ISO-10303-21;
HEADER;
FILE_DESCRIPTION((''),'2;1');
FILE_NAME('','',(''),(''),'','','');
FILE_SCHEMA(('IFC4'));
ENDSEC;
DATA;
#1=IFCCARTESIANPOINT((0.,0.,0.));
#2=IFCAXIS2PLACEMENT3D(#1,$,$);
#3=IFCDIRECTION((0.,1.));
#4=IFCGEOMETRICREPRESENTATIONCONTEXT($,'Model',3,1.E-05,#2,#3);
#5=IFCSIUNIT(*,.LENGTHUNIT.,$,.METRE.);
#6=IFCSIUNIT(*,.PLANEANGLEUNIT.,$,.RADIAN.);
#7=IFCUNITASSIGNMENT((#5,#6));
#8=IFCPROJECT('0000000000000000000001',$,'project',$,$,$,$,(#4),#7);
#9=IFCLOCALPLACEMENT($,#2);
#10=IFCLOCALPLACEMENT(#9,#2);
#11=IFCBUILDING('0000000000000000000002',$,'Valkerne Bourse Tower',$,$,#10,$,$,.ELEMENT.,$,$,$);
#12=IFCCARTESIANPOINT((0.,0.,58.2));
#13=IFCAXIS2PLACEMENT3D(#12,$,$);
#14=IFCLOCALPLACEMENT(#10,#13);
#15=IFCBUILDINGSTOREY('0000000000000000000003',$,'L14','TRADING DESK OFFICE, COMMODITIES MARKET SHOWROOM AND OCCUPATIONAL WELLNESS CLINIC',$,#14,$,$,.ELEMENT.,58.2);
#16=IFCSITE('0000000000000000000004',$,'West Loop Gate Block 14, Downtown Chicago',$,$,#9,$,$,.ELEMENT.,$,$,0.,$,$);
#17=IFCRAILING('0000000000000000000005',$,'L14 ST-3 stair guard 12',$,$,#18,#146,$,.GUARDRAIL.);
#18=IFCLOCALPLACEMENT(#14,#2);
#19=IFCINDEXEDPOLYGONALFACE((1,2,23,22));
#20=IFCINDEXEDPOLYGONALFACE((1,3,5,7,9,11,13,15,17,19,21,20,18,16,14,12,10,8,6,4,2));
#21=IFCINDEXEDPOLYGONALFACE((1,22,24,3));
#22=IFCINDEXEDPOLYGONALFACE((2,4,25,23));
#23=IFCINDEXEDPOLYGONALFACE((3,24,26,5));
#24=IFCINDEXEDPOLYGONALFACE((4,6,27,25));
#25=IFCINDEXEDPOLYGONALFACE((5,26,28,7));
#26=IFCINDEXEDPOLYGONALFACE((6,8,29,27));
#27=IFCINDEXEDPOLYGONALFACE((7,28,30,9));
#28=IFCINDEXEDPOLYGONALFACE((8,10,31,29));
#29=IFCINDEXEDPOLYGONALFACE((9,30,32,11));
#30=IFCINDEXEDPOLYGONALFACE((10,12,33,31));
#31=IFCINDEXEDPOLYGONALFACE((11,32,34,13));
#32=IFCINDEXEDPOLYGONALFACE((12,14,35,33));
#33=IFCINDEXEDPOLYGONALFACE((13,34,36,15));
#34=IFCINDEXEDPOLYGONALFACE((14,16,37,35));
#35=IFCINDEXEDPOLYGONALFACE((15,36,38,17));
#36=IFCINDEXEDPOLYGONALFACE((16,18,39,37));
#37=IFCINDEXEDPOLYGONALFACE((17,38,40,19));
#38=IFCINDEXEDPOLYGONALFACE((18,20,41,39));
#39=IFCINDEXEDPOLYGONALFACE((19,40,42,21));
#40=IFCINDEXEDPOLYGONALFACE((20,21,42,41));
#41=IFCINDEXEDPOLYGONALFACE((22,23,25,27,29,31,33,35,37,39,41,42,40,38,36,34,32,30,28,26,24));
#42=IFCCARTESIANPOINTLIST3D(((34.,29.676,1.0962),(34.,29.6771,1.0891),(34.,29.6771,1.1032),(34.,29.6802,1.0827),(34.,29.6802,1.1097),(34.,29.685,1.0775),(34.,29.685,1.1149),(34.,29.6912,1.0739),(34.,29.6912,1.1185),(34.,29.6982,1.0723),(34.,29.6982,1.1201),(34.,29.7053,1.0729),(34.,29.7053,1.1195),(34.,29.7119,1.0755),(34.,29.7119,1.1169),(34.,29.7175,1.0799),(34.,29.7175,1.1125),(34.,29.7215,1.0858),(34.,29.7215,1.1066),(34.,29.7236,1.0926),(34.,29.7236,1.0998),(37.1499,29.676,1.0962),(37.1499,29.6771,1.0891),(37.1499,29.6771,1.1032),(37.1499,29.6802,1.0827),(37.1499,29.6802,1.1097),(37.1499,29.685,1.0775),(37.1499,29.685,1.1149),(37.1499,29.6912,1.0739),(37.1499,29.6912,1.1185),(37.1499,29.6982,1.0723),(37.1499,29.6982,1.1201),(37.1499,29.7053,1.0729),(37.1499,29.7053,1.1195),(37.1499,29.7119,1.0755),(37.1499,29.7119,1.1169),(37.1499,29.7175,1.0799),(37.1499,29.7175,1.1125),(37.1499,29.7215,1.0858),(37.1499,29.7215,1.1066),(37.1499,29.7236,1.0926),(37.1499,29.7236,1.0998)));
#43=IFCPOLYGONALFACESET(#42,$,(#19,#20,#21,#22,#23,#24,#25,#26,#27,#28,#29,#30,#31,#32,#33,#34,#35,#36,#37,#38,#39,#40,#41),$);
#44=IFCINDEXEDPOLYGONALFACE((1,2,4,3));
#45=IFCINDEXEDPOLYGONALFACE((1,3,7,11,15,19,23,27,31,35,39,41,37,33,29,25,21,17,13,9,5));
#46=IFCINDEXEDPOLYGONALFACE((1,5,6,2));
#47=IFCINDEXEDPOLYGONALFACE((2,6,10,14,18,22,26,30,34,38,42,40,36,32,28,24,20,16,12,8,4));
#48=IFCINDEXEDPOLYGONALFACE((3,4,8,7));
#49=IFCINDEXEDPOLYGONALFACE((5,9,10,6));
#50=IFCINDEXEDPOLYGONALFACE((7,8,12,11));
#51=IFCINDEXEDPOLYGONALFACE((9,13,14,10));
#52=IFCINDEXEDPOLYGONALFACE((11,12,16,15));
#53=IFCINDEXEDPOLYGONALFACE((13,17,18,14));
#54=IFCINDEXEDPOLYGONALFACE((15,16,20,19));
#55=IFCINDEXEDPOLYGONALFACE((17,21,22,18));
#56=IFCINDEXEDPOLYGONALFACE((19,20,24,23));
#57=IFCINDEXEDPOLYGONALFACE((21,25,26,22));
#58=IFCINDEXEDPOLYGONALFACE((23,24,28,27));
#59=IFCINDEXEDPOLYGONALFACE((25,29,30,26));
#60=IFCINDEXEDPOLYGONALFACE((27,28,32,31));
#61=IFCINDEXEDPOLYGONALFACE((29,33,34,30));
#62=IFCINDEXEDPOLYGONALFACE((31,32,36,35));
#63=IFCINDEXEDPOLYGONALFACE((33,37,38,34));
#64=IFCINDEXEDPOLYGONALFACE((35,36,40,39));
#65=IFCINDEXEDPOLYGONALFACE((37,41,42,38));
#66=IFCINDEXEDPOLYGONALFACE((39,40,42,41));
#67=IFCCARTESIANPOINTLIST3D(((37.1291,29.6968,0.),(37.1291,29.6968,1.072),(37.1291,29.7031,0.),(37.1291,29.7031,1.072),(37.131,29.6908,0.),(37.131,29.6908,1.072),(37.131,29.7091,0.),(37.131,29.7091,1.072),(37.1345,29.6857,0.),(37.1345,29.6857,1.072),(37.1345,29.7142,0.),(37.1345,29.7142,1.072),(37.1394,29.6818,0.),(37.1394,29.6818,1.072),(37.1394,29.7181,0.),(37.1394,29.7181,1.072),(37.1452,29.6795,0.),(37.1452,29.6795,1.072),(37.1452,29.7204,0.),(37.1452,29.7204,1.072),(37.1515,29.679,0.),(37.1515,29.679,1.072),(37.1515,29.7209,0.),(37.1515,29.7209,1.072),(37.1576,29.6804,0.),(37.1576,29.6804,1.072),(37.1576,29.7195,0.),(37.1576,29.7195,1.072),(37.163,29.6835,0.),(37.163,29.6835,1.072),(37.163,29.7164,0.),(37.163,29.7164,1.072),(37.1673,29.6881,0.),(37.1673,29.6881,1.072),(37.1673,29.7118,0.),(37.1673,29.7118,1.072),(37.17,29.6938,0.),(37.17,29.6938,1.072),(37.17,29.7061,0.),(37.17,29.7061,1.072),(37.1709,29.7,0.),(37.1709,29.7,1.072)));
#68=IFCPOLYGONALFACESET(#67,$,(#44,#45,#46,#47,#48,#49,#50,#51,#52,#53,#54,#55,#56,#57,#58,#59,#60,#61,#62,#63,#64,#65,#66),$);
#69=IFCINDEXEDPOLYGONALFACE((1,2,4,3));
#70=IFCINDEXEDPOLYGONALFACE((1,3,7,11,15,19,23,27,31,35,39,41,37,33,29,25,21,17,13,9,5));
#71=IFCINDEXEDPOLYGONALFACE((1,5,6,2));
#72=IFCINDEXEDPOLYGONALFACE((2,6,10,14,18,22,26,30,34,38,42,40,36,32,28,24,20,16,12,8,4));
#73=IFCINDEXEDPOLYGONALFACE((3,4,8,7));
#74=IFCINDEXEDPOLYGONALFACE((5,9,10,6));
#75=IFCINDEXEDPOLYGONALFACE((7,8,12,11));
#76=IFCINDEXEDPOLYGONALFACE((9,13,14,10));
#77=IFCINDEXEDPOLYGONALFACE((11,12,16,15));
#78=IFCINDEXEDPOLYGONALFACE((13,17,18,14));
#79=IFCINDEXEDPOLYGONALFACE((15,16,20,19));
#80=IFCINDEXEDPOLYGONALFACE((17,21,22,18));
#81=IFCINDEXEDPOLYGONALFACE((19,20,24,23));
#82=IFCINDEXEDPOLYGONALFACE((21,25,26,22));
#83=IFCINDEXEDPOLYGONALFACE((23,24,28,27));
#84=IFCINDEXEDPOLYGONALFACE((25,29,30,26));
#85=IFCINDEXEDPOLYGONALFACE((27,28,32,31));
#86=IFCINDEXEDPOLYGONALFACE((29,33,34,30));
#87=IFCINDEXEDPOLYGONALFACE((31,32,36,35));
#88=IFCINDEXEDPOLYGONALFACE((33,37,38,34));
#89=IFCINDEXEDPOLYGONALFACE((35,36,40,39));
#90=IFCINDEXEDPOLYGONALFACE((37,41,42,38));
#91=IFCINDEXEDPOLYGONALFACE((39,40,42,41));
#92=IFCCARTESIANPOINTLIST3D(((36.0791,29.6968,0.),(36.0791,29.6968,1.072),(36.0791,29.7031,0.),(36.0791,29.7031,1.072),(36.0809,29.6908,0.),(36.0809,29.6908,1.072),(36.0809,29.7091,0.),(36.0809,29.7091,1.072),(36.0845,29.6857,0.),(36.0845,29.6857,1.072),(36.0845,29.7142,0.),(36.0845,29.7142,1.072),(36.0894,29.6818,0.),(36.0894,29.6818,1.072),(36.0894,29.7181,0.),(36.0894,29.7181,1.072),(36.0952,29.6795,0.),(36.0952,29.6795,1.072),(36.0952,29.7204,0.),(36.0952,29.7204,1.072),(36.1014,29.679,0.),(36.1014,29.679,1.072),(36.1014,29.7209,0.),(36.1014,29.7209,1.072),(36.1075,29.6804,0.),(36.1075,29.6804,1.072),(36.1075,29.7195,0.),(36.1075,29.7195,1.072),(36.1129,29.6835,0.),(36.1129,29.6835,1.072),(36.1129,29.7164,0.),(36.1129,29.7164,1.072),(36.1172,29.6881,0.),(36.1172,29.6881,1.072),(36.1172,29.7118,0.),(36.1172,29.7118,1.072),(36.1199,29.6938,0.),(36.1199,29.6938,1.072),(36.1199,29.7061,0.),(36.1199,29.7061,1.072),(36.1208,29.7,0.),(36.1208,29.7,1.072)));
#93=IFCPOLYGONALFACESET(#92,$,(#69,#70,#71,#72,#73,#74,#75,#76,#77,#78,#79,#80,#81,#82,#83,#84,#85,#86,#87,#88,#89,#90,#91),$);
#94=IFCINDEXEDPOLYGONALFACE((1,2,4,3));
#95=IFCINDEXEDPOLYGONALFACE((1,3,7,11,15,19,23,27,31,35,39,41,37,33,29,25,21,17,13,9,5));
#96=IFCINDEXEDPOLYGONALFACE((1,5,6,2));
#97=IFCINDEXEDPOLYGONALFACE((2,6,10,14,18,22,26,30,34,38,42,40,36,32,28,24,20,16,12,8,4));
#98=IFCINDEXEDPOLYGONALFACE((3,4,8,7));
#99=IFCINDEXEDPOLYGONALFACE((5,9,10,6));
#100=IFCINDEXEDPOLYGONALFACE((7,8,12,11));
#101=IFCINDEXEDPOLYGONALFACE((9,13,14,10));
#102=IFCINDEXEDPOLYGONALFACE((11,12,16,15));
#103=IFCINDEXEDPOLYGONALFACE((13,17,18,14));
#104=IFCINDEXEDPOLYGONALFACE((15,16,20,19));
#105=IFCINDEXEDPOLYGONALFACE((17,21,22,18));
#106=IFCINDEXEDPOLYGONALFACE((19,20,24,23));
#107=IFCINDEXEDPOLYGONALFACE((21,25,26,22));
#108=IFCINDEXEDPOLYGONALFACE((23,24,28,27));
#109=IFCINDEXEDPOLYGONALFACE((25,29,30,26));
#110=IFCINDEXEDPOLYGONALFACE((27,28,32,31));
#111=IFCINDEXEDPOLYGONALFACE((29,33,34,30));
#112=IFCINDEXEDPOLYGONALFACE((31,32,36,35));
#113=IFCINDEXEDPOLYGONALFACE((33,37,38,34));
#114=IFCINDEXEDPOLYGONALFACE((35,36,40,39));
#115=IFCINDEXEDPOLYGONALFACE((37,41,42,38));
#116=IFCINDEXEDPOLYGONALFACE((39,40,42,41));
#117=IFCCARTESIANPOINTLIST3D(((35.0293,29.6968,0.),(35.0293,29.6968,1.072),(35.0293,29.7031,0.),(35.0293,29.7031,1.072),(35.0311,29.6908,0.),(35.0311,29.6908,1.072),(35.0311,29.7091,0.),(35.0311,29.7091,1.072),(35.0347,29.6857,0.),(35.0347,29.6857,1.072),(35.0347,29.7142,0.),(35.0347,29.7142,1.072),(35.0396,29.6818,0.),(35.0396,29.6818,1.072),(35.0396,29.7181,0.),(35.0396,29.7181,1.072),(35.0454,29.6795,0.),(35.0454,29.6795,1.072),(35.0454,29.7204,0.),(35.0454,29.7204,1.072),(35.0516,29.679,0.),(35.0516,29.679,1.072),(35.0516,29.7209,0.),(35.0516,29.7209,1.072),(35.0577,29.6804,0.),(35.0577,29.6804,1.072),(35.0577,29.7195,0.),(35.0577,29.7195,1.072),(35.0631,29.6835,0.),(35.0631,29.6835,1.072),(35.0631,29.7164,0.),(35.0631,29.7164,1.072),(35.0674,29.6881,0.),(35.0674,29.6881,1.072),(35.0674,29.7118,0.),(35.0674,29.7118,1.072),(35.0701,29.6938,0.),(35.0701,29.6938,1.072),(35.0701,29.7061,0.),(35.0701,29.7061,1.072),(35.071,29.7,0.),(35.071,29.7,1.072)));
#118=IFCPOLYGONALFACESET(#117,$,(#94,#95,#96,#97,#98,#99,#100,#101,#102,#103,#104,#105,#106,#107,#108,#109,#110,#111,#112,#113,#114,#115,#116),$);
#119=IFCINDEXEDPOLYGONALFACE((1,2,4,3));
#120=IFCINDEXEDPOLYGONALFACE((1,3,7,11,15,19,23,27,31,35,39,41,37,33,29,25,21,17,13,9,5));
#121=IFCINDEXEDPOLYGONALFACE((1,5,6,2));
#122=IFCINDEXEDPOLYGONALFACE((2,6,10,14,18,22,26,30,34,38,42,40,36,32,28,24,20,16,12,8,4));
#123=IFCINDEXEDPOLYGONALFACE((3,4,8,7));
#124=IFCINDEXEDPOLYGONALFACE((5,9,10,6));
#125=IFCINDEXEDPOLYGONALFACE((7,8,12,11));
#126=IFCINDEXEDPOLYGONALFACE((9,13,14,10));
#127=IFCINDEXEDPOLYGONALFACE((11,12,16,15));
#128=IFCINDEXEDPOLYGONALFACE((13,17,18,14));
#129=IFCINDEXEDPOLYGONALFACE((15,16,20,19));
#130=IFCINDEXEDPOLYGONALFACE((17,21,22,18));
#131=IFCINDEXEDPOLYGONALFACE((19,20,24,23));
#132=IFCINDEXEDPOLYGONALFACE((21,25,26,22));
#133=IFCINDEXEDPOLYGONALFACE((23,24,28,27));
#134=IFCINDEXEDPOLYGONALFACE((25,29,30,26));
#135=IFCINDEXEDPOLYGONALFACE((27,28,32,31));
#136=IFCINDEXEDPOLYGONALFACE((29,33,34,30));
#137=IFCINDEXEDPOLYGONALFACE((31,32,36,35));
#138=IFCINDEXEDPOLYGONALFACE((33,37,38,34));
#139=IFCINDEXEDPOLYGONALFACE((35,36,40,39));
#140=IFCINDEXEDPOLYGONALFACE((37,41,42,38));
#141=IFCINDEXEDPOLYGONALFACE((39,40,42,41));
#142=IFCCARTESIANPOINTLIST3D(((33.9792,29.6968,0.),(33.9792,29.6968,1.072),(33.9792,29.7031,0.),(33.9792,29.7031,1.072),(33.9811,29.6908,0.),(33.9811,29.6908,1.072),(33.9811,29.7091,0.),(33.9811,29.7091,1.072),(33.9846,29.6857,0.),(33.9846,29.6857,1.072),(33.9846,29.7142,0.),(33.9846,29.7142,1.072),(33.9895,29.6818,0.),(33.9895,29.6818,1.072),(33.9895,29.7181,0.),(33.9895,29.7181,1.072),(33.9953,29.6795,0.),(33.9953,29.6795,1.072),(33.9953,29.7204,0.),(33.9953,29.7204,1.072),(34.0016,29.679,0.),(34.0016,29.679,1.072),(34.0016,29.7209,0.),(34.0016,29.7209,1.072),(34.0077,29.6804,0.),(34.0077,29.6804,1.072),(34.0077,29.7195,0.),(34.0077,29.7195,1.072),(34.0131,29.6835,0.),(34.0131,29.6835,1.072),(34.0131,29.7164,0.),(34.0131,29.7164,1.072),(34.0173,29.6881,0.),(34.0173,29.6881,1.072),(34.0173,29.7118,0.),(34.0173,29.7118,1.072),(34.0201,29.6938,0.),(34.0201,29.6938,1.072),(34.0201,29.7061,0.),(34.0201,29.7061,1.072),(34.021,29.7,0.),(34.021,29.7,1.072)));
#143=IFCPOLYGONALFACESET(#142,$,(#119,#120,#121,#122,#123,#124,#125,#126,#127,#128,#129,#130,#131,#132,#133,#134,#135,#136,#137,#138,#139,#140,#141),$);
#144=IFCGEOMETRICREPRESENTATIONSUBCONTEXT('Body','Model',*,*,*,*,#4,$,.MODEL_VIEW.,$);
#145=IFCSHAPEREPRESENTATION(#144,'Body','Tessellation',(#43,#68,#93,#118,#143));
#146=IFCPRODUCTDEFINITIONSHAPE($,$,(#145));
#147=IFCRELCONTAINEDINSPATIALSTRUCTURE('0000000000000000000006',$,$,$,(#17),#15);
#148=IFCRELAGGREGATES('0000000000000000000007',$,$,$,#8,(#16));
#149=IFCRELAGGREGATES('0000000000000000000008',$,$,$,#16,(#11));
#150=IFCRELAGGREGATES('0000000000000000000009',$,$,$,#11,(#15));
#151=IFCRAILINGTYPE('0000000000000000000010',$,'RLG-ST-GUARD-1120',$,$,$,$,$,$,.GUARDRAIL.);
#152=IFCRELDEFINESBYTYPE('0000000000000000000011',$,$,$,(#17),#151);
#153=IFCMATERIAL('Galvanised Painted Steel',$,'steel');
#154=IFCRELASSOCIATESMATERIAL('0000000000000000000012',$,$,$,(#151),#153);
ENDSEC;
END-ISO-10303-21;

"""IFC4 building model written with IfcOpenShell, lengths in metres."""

from ifc_helpers import new_model, si_unit, direction, frame, origin, origin_2d, place, context, subcontext, project, spatial, circle, extrude, material, type_object, element, save


model = new_model("IFC4")

# Units and contexts
model_context = context("Model", 3, precision=1e-05, world=origin(), true_north=direction((0.0, 1.0)))
body_context = subcontext(model_context, "Body", "Model", "MODEL_VIEW")
ifc_project = project(units=[si_unit("LENGTHUNIT", "METRE"), si_unit("PLANEANGLEUNIT", "RADIAN")], contexts=[model_context])

# Site, building, storey
site_placement = place(None, origin())
site = spatial("IfcSite", under=ifc_project, at=site_placement, Name="West Loop Gate Block 14, Downtown Chicago", CompositionType="ELEMENT", RefElevation=0.0)
building_placement = place(site_placement, origin())
building = spatial("IfcBuilding", under=site, at=building_placement, Name="Valkerne Bourse Tower", CompositionType="ELEMENT")
storey_placement = place(building_placement, frame((0.0, 0.0, 58.2)))
storey = spatial("IfcBuildingStorey", under=building, at=storey_placement, Name="L14", Description="TRADING DESK OFFICE, COMMODITIES MARKET SHOWROOM AND OCCUPATIONAL WELLNESS CLINIC", CompositionType="ELEMENT", Elevation=58.2)

# Shared definitions
ifc_material_1 = material(Name="Galvanised Painted Steel", Category="steel")

# Railing
railing_type_1 = type_object("IfcRailingType", Name="RLG-ST-GUARD-1120", PredefinedType="GUARDRAIL", material=ifc_material_1)
railing_1_placement = place(storey_placement, frame((37.1499, 29.7, 0.0)))
element("IfcRailing", 1, at=railing_1_placement, inside=storey, type_object=railing_type_1, Name="L14 ST-3 stair guard 12", PredefinedType="GUARDRAIL", context=body_context, shape_type="SweptSolid", body=[
    extrude(circle(Radius=0.0239, at=origin_2d()), frame((0.0, 0.0, 1.0962), z_axis=(-1.0, 0.0, 0.0), x_axis=(0.0, -1.0, 0.0)), (0.0, 0.0, 1.0), 3.1499),
    extrude(circle(Radius=0.021, at=origin_2d()), origin(), (0.0, 0.0, 1.0), 1.072),
    extrude(circle(Radius=0.021, at=origin_2d()), frame((-1.05, 0.0, 0.0)), (0.0, 0.0, 1.0), 1.072),
    extrude(circle(Radius=0.021, at=origin_2d()), frame((-2.0999, 0.0, 0.0)), (0.0, 0.0, 1.0), 1.072),
    extrude(circle(Radius=0.021, at=origin_2d()), frame((-3.1499, 0.0, 0.0)), (0.0, 0.0, 1.0), 1.072),
])

save(model, "model.ifc")
